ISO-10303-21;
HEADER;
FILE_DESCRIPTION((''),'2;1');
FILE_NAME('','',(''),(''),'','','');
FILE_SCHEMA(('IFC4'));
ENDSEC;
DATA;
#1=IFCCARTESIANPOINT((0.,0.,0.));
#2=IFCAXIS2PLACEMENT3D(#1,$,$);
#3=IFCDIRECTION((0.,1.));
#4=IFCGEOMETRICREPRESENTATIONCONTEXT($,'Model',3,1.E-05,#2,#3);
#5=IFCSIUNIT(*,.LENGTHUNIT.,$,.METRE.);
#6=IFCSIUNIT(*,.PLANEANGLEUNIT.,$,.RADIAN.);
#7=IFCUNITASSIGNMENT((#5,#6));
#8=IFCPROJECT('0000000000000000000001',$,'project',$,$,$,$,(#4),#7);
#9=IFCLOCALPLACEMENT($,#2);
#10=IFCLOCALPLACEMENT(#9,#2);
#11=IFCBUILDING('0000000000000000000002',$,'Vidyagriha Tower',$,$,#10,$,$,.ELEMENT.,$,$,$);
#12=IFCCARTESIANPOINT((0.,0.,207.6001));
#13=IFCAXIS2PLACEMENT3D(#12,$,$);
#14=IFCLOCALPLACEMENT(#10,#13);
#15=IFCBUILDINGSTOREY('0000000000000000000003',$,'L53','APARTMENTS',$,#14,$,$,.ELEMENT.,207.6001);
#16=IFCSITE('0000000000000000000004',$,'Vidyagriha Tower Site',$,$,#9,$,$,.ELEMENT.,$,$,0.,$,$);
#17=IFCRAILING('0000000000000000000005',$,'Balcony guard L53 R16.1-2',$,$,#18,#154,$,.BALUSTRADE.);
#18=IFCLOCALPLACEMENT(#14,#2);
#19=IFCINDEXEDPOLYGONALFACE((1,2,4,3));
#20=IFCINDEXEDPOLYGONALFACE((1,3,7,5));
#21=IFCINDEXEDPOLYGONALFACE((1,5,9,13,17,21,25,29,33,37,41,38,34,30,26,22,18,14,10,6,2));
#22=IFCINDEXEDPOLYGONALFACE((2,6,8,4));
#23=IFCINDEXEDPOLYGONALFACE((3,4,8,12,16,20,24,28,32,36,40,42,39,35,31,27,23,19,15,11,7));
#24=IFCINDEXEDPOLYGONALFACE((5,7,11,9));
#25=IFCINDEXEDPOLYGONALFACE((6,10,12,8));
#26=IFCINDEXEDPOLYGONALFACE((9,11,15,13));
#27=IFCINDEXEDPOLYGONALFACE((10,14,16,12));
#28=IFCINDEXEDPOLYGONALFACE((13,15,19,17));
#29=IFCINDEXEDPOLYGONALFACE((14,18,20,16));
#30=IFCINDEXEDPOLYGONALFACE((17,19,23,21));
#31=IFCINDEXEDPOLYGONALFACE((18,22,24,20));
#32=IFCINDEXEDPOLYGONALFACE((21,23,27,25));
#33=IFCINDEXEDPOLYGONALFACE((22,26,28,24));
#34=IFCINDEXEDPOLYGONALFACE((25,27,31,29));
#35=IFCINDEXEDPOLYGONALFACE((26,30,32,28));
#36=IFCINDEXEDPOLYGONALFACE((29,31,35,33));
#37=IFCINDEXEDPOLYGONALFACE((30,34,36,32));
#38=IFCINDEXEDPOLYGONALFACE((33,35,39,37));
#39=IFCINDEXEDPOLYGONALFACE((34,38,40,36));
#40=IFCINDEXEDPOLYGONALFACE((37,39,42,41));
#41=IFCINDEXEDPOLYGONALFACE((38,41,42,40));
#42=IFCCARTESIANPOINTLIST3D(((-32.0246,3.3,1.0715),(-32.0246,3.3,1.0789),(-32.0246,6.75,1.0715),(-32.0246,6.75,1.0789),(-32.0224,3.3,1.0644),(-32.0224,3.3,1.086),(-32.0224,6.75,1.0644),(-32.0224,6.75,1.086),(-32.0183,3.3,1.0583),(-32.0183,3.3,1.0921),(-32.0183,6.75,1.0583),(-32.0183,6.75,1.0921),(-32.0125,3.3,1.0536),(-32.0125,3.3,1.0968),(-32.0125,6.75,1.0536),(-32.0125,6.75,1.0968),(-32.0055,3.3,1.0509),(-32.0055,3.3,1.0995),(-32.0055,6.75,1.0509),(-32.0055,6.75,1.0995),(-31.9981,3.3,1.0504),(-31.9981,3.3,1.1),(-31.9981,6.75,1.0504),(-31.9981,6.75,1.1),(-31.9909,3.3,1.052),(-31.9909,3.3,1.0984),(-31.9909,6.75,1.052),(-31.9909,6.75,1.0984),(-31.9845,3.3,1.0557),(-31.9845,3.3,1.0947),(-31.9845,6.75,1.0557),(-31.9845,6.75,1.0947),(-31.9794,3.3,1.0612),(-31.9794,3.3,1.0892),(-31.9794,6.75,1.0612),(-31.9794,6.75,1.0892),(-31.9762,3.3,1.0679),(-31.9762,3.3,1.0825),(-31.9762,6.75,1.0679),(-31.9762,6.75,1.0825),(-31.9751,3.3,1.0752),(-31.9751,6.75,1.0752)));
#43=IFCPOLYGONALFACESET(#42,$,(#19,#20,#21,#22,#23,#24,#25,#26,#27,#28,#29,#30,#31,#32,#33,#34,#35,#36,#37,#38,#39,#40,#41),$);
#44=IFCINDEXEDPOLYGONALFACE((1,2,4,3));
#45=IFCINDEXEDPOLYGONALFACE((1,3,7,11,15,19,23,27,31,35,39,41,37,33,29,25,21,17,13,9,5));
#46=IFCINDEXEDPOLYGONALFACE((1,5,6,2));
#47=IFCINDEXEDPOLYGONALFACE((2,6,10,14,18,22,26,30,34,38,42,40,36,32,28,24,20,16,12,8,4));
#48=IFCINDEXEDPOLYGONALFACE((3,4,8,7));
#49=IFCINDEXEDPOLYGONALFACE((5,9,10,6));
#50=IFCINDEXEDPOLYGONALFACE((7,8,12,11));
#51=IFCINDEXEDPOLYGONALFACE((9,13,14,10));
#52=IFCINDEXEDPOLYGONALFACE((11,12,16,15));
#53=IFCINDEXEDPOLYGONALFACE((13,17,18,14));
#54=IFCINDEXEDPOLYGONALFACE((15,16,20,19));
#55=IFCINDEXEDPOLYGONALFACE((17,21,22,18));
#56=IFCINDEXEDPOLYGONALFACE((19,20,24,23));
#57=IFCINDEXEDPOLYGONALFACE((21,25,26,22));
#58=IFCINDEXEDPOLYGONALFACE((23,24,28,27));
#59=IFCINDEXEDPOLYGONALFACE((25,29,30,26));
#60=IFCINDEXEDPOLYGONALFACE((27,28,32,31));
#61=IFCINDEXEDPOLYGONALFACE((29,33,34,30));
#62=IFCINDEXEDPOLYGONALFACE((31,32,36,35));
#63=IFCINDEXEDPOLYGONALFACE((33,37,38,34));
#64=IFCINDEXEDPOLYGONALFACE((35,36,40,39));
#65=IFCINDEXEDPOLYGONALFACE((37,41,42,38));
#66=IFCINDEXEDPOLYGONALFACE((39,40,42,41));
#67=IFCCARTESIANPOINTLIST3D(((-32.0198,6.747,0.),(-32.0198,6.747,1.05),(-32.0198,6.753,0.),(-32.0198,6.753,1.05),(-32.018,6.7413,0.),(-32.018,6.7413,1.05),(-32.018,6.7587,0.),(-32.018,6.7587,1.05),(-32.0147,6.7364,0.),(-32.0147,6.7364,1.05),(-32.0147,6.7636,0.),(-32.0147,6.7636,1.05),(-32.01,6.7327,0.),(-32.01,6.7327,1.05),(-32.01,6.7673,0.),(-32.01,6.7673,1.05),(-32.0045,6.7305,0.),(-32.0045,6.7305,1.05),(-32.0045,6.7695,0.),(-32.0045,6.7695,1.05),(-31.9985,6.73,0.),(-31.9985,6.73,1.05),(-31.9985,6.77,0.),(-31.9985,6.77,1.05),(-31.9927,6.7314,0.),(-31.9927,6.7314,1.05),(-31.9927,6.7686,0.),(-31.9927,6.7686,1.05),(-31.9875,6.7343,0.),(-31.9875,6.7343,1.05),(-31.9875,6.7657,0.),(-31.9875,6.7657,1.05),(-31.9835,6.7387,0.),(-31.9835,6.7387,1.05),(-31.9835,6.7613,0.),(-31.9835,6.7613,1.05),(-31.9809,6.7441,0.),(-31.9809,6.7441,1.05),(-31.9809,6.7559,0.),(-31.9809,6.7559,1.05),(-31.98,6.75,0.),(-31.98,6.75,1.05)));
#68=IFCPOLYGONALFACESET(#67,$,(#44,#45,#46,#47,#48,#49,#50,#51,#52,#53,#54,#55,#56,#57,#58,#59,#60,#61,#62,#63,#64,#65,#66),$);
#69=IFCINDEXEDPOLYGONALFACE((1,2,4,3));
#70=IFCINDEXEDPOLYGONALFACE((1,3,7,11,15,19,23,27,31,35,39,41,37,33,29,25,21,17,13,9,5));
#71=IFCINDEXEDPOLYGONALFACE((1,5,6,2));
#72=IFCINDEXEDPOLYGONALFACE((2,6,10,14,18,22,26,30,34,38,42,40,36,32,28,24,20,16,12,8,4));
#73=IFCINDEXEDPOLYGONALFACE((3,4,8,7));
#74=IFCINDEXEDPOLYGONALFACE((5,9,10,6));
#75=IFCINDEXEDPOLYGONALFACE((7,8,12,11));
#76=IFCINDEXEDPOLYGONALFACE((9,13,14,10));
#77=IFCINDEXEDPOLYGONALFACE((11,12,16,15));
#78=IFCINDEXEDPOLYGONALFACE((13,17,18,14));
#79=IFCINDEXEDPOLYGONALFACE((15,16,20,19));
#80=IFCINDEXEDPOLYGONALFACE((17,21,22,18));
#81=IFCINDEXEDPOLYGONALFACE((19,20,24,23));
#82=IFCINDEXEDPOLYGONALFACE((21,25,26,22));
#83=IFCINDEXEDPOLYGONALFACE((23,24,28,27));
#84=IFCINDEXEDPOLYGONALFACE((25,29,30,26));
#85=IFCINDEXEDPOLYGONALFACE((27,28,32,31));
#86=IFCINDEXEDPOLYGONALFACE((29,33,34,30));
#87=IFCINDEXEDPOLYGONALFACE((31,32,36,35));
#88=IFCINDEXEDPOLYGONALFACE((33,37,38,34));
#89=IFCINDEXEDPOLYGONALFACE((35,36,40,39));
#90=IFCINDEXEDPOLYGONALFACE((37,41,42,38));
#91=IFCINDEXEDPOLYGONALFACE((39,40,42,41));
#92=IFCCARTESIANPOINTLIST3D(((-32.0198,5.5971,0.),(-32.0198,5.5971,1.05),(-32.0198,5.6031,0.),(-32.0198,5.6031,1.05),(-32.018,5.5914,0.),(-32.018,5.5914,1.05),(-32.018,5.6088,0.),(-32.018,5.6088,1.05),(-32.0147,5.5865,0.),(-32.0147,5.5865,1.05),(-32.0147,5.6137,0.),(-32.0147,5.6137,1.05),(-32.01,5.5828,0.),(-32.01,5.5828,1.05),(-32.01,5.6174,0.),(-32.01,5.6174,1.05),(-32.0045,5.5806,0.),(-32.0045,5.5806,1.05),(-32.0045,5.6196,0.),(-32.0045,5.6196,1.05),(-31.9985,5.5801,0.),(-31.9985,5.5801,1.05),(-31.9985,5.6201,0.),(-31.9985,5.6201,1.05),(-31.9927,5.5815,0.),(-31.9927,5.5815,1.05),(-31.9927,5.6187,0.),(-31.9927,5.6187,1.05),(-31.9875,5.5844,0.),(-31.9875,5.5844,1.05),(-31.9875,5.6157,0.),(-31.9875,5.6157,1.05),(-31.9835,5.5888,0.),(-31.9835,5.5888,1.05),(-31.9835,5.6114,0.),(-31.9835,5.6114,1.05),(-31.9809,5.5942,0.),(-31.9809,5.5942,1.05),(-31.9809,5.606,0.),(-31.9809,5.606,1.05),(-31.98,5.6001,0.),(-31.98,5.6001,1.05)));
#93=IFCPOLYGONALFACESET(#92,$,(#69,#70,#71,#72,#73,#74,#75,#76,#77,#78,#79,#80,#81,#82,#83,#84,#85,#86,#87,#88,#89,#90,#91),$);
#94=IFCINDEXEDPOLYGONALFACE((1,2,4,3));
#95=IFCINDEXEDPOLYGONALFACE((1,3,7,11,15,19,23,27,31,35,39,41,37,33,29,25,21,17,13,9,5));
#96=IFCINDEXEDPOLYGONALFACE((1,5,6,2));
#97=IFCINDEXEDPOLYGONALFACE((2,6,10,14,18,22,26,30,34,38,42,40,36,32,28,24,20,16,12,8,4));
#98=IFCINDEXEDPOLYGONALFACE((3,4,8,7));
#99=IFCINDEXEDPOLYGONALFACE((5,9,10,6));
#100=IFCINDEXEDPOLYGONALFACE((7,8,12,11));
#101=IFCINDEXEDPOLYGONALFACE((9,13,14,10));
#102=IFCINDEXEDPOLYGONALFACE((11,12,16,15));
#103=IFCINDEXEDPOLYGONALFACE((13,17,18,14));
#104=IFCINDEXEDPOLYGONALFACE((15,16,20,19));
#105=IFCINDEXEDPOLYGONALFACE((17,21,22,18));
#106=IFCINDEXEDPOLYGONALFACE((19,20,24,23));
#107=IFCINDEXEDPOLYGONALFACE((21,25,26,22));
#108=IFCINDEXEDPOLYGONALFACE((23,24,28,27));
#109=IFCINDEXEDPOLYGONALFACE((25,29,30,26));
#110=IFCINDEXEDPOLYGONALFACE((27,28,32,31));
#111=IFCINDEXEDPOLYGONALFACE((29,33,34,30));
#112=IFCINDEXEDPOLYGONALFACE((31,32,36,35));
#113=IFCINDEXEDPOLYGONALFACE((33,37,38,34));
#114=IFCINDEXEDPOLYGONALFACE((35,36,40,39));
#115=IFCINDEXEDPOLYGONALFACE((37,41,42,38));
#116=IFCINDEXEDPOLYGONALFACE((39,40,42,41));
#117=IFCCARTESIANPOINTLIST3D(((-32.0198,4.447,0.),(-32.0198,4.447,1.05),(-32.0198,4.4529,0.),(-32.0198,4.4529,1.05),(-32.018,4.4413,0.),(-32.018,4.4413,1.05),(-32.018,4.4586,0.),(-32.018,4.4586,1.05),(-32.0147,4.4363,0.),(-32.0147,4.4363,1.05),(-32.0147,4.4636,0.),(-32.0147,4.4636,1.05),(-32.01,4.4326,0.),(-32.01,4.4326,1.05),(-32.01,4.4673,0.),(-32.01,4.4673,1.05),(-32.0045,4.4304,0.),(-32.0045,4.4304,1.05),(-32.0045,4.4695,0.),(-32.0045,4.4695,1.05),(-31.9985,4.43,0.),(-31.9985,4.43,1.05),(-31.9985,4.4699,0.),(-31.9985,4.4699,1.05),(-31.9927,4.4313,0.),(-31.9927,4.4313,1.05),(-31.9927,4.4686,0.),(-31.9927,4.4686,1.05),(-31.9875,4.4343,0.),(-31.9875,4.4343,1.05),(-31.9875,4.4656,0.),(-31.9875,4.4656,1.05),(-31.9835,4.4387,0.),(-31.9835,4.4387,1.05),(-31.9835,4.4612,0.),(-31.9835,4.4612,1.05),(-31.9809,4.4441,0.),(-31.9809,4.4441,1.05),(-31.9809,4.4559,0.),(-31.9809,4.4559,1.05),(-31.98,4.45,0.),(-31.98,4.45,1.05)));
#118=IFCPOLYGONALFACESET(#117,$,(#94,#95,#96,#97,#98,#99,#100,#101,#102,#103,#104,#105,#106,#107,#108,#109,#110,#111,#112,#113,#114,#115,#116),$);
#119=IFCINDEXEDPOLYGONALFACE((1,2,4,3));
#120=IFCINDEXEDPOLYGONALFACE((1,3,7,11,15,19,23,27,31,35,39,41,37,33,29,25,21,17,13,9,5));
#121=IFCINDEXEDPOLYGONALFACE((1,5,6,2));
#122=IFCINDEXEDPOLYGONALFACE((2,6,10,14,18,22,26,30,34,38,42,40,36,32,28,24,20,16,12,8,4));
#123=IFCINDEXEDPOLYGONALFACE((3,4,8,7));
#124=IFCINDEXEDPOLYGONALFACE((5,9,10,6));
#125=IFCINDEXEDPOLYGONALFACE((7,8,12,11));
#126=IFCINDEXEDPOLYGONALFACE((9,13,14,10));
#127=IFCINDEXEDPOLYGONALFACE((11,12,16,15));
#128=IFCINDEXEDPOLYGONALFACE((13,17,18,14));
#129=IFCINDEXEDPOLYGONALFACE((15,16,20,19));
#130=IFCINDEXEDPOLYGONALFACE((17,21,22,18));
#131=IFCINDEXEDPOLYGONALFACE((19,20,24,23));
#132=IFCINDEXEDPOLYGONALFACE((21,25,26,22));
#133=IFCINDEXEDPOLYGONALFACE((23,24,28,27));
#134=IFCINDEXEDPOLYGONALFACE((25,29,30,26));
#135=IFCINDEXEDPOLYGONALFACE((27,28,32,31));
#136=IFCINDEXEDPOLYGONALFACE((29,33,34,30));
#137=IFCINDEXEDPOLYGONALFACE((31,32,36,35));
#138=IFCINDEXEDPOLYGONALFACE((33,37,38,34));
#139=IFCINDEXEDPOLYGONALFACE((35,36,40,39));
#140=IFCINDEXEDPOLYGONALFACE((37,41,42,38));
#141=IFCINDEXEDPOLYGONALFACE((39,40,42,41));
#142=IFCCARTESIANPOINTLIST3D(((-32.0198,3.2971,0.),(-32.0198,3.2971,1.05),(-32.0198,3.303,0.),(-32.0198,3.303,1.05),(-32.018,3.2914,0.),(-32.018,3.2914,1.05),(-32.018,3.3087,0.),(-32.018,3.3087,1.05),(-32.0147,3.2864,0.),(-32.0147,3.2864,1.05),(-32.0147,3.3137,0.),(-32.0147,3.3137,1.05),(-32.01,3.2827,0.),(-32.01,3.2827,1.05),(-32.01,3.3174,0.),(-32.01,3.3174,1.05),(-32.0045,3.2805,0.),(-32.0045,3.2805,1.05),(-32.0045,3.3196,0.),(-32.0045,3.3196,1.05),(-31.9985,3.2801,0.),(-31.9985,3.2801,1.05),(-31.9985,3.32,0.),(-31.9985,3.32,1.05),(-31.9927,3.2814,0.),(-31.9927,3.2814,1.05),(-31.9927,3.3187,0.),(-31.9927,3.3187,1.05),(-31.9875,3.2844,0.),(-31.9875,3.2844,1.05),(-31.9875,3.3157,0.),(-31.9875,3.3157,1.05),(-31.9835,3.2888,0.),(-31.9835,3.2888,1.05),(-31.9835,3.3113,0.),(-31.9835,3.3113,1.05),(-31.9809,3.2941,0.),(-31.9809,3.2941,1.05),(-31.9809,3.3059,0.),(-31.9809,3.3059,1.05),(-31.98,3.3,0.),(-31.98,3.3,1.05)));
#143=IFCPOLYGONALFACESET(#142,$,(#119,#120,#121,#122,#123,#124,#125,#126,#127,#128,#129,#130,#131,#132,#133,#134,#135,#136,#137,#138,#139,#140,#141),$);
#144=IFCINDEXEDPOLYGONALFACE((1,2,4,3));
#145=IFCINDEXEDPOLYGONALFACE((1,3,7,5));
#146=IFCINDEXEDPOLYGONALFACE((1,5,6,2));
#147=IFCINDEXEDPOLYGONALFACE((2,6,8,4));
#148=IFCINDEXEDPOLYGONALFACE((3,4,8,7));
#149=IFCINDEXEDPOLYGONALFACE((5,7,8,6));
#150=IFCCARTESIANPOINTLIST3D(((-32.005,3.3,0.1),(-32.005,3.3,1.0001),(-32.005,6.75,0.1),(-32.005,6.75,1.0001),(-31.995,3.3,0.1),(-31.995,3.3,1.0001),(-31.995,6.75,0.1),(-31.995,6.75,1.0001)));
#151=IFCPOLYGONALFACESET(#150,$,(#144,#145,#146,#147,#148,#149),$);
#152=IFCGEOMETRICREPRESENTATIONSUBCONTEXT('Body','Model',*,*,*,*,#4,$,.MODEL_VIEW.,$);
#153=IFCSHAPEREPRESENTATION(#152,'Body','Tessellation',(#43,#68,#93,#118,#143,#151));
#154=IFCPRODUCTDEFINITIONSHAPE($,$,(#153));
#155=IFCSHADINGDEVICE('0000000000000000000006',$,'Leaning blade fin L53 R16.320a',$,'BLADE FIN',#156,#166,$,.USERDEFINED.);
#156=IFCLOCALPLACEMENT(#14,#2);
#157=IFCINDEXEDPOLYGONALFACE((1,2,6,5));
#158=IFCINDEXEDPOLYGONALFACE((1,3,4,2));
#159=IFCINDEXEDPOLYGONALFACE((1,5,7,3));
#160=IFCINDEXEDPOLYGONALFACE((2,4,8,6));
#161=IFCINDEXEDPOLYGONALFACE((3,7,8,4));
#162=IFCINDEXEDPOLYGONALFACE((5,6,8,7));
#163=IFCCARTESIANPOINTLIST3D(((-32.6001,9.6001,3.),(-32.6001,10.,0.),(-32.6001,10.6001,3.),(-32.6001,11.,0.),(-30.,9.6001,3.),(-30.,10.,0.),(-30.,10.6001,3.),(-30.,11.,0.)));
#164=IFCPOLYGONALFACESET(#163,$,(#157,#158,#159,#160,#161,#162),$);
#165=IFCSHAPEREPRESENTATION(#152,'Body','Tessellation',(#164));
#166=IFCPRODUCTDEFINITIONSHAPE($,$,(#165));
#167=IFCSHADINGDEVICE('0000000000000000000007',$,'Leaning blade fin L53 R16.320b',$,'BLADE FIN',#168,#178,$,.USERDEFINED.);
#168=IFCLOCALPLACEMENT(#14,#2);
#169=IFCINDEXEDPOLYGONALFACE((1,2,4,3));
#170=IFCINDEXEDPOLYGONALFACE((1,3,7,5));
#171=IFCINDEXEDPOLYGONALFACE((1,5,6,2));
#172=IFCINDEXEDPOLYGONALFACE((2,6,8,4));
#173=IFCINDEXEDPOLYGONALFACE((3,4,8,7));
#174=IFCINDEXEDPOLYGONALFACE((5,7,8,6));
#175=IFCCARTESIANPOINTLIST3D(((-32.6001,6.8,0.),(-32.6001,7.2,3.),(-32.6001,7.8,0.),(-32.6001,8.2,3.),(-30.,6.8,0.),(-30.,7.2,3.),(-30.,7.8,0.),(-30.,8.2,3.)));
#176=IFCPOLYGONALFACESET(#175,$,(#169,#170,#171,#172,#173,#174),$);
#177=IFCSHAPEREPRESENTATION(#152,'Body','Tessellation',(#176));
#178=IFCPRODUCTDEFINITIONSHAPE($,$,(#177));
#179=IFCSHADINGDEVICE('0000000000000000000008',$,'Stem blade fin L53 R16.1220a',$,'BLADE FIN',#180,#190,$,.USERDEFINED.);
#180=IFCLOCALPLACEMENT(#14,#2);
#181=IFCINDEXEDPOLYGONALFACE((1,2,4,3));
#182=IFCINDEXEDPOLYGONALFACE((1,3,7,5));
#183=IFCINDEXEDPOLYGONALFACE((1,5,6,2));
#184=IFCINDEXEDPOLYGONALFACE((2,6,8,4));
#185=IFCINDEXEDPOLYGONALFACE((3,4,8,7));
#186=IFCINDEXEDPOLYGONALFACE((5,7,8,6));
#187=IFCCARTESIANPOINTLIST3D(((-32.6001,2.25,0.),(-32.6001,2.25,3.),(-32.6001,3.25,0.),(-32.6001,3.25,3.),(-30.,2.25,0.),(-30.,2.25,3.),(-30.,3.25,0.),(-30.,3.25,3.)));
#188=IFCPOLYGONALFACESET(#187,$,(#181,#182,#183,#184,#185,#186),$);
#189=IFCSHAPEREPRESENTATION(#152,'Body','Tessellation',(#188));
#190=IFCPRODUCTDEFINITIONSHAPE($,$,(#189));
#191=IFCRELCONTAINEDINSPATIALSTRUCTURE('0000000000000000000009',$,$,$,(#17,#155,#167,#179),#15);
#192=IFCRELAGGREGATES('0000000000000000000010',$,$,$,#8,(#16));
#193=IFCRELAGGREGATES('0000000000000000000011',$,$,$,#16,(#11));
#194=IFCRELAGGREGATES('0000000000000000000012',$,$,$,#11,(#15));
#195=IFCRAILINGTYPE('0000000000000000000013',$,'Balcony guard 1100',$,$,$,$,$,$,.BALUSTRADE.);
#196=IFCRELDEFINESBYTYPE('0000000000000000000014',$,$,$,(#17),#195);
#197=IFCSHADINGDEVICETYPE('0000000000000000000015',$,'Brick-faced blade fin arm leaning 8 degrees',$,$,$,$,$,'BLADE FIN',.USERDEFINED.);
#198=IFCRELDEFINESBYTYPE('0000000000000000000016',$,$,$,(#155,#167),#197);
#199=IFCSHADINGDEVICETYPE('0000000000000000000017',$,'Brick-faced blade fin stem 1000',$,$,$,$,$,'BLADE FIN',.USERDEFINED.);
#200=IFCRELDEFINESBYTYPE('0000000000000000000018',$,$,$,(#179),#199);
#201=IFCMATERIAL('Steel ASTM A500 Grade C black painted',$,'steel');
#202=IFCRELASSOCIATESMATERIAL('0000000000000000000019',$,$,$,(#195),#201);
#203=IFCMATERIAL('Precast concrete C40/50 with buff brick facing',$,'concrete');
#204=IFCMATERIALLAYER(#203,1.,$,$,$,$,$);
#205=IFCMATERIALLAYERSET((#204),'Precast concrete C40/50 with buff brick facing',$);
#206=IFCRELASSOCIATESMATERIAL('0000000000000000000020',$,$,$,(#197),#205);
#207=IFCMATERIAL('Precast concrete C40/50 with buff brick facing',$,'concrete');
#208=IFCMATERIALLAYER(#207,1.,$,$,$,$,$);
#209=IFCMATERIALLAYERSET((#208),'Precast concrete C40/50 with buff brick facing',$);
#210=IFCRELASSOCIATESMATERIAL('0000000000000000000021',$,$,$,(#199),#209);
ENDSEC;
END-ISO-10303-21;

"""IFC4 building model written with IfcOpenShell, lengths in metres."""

from ifc_helpers import new_model, si_unit, direction, frame, origin, origin_2d, place, context, subcontext, project, spatial, polyline, rectangle, circle, outline, extrude, material, layer, layer_set, type_object, element, save


model = new_model("IFC4")

# Units and contexts
model_context = context("Model", 3, precision=1e-05, world=origin(), true_north=direction((0.0, 1.0)))
body_context = subcontext(model_context, "Body", "Model", "MODEL_VIEW")
ifc_project = project(units=[si_unit("LENGTHUNIT", "METRE"), si_unit("PLANEANGLEUNIT", "RADIAN")], contexts=[model_context])

# Site, building, storey
site_placement = place(None, origin())
site = spatial("IfcSite", under=ifc_project, at=site_placement, Name="Vidyagriha Tower Site", CompositionType="ELEMENT", RefElevation=0.0)
building_placement = place(site_placement, origin())
building = spatial("IfcBuilding", under=site, at=building_placement, Name="Vidyagriha Tower", CompositionType="ELEMENT")
storey_placement = place(building_placement, frame((0.0, 0.0, 207.6001)))
storey = spatial("IfcBuildingStorey", under=building, at=storey_placement, Name="L53", Description="APARTMENTS", CompositionType="ELEMENT", Elevation=207.6001)

# Railing
ifc_material_1 = material(Name="Steel ASTM A500 Grade C black painted", Category="steel")
railing_type_1 = type_object("IfcRailingType", Name="Balcony guard 1100", PredefinedType="BALUSTRADE", material=ifc_material_1)
railing_1_placement = place(storey_placement, frame((-32.0, 6.75, 0.0)))
element("IfcRailing", 1, at=railing_1_placement, inside=storey, type_object=railing_type_1, Name="Balcony guard L53 R16.1-2", PredefinedType="BALUSTRADE", context=body_context, shape_type="SweptSolid", body=[
    extrude(circle(Radius=0.0249, at=origin_2d()), frame((0.0, 0.0, 1.0752), z_axis=(0.0, -1.0, 0.0), x_axis=(1.0, 0.0, 0.0)), (0.0, 0.0, 1.0), 3.45),
    extrude(circle(Radius=0.02, at=origin_2d()), origin(), (0.0, 0.0, 1.0), 1.05),
    extrude(circle(Radius=0.02, at=origin_2d()), frame((0.0, -1.1499, 0.0)), (0.0, 0.0, 1.0), 1.05),
    extrude(circle(Radius=0.02, at=origin_2d()), frame((0.0, -2.3, 0.0)), (0.0, 0.0, 1.0), 1.05),
    extrude(circle(Radius=0.02, at=origin_2d()), frame((0.0, -3.45, 0.0)), (0.0, 0.0, 1.0), 1.05),
    extrude(rectangle(XDim=0.01, YDim=0.9001, at=origin_2d()), frame((0.0, 0.0, 0.55), z_axis=(0.0, -1.0, 0.0), x_axis=(1.0, 0.0, 0.0)), (0.0, 0.0, 1.0), 3.45),
])

# Shading devices
ifc_material_2 = material(Name="Precast concrete C40/50 with buff brick facing", Category="concrete")
ifc_layer_1 = layer(ifc_material_2, 1.0)
ifc_layer_set_1 = layer_set([ifc_layer_1], Name="Precast concrete C40/50 with buff brick facing")
shading_device_type_1 = type_object("IfcShadingDeviceType", Name="Brick-faced blade fin arm leaning 8 degrees", ElementType="BLADE FIN", PredefinedType="USERDEFINED", material=ifc_layer_set_1)
shading_device_1_placement = place(storey_placement, frame((-31.3, 11.0, 0.0), z_axis=(0.0, 0.0, 1.0), x_axis=(0.0, -1.0, 0.0)))
element("IfcShadingDevice", 2, at=shading_device_1_placement, inside=storey, type_object=shading_device_type_1, Name="Leaning blade fin L53 R16.320a", ObjectType="BLADE FIN", PredefinedType="USERDEFINED", context=body_context, shape_type="SweptSolid", body=[
    extrude(outline(polyline([(0.0, 0.0), (1.0, 0.0), (1.3999, 3.0), (0.3999, 3.0), (0.0, 0.0)])), frame((0.0, 1.3, 0.0), z_axis=(0.0, -1.0, 0.0), x_axis=(1.0, 0.0, 0.0)), (0.0, 0.0, 1.0), 2.6001),
])
shading_device_2_placement = place(storey_placement, frame((-31.3, 8.2, 0.0), z_axis=(0.0, 0.0, 1.0), x_axis=(0.0, -1.0, 0.0)))
element("IfcShadingDevice", 3, at=shading_device_2_placement, inside=storey, type_object=shading_device_type_1, Name="Leaning blade fin L53 R16.320b", ObjectType="BLADE FIN", PredefinedType="USERDEFINED", context=body_context, shape_type="SweptSolid", body=[
    extrude(outline(polyline([(0.3999, 0.0), (1.3999, 0.0), (1.0, 3.0), (0.0, 3.0), (0.3999, 0.0)])), frame((0.0, 1.3, 0.0), z_axis=(0.0, -1.0, 0.0), x_axis=(1.0, 0.0, 0.0)), (0.0, 0.0, 1.0), 2.6001),
])
ifc_material_3 = material(Name="Precast concrete C40/50 with buff brick facing", Category="concrete")
ifc_layer_2 = layer(ifc_material_3, 1.0)
ifc_layer_set_2 = layer_set([ifc_layer_2], Name="Precast concrete C40/50 with buff brick facing")
shading_device_type_2 = type_object("IfcShadingDeviceType", Name="Brick-faced blade fin stem 1000", ElementType="BLADE FIN", PredefinedType="USERDEFINED", material=ifc_layer_set_2)
shading_device_3_placement = place(storey_placement, frame((-31.3, 3.25, 0.0), z_axis=(0.0, 0.0, 1.0), x_axis=(0.0, -1.0, 0.0)))
element("IfcShadingDevice", 4, at=shading_device_3_placement, inside=storey, type_object=shading_device_type_2, Name="Stem blade fin L53 R16.1220a", ObjectType="BLADE FIN", PredefinedType="USERDEFINED", context=body_context, shape_type="SweptSolid", body=[
    extrude(outline(polyline([(0.0, 0.0), (1.0, 0.0), (1.0, 3.0), (0.0, 3.0), (0.0, 0.0)])), frame((0.0, 1.3, 0.0), z_axis=(0.0, -1.0, 0.0), x_axis=(1.0, 0.0, 0.0)), (0.0, 0.0, 1.0), 2.6001),
])

save(model, "model.ifc")
